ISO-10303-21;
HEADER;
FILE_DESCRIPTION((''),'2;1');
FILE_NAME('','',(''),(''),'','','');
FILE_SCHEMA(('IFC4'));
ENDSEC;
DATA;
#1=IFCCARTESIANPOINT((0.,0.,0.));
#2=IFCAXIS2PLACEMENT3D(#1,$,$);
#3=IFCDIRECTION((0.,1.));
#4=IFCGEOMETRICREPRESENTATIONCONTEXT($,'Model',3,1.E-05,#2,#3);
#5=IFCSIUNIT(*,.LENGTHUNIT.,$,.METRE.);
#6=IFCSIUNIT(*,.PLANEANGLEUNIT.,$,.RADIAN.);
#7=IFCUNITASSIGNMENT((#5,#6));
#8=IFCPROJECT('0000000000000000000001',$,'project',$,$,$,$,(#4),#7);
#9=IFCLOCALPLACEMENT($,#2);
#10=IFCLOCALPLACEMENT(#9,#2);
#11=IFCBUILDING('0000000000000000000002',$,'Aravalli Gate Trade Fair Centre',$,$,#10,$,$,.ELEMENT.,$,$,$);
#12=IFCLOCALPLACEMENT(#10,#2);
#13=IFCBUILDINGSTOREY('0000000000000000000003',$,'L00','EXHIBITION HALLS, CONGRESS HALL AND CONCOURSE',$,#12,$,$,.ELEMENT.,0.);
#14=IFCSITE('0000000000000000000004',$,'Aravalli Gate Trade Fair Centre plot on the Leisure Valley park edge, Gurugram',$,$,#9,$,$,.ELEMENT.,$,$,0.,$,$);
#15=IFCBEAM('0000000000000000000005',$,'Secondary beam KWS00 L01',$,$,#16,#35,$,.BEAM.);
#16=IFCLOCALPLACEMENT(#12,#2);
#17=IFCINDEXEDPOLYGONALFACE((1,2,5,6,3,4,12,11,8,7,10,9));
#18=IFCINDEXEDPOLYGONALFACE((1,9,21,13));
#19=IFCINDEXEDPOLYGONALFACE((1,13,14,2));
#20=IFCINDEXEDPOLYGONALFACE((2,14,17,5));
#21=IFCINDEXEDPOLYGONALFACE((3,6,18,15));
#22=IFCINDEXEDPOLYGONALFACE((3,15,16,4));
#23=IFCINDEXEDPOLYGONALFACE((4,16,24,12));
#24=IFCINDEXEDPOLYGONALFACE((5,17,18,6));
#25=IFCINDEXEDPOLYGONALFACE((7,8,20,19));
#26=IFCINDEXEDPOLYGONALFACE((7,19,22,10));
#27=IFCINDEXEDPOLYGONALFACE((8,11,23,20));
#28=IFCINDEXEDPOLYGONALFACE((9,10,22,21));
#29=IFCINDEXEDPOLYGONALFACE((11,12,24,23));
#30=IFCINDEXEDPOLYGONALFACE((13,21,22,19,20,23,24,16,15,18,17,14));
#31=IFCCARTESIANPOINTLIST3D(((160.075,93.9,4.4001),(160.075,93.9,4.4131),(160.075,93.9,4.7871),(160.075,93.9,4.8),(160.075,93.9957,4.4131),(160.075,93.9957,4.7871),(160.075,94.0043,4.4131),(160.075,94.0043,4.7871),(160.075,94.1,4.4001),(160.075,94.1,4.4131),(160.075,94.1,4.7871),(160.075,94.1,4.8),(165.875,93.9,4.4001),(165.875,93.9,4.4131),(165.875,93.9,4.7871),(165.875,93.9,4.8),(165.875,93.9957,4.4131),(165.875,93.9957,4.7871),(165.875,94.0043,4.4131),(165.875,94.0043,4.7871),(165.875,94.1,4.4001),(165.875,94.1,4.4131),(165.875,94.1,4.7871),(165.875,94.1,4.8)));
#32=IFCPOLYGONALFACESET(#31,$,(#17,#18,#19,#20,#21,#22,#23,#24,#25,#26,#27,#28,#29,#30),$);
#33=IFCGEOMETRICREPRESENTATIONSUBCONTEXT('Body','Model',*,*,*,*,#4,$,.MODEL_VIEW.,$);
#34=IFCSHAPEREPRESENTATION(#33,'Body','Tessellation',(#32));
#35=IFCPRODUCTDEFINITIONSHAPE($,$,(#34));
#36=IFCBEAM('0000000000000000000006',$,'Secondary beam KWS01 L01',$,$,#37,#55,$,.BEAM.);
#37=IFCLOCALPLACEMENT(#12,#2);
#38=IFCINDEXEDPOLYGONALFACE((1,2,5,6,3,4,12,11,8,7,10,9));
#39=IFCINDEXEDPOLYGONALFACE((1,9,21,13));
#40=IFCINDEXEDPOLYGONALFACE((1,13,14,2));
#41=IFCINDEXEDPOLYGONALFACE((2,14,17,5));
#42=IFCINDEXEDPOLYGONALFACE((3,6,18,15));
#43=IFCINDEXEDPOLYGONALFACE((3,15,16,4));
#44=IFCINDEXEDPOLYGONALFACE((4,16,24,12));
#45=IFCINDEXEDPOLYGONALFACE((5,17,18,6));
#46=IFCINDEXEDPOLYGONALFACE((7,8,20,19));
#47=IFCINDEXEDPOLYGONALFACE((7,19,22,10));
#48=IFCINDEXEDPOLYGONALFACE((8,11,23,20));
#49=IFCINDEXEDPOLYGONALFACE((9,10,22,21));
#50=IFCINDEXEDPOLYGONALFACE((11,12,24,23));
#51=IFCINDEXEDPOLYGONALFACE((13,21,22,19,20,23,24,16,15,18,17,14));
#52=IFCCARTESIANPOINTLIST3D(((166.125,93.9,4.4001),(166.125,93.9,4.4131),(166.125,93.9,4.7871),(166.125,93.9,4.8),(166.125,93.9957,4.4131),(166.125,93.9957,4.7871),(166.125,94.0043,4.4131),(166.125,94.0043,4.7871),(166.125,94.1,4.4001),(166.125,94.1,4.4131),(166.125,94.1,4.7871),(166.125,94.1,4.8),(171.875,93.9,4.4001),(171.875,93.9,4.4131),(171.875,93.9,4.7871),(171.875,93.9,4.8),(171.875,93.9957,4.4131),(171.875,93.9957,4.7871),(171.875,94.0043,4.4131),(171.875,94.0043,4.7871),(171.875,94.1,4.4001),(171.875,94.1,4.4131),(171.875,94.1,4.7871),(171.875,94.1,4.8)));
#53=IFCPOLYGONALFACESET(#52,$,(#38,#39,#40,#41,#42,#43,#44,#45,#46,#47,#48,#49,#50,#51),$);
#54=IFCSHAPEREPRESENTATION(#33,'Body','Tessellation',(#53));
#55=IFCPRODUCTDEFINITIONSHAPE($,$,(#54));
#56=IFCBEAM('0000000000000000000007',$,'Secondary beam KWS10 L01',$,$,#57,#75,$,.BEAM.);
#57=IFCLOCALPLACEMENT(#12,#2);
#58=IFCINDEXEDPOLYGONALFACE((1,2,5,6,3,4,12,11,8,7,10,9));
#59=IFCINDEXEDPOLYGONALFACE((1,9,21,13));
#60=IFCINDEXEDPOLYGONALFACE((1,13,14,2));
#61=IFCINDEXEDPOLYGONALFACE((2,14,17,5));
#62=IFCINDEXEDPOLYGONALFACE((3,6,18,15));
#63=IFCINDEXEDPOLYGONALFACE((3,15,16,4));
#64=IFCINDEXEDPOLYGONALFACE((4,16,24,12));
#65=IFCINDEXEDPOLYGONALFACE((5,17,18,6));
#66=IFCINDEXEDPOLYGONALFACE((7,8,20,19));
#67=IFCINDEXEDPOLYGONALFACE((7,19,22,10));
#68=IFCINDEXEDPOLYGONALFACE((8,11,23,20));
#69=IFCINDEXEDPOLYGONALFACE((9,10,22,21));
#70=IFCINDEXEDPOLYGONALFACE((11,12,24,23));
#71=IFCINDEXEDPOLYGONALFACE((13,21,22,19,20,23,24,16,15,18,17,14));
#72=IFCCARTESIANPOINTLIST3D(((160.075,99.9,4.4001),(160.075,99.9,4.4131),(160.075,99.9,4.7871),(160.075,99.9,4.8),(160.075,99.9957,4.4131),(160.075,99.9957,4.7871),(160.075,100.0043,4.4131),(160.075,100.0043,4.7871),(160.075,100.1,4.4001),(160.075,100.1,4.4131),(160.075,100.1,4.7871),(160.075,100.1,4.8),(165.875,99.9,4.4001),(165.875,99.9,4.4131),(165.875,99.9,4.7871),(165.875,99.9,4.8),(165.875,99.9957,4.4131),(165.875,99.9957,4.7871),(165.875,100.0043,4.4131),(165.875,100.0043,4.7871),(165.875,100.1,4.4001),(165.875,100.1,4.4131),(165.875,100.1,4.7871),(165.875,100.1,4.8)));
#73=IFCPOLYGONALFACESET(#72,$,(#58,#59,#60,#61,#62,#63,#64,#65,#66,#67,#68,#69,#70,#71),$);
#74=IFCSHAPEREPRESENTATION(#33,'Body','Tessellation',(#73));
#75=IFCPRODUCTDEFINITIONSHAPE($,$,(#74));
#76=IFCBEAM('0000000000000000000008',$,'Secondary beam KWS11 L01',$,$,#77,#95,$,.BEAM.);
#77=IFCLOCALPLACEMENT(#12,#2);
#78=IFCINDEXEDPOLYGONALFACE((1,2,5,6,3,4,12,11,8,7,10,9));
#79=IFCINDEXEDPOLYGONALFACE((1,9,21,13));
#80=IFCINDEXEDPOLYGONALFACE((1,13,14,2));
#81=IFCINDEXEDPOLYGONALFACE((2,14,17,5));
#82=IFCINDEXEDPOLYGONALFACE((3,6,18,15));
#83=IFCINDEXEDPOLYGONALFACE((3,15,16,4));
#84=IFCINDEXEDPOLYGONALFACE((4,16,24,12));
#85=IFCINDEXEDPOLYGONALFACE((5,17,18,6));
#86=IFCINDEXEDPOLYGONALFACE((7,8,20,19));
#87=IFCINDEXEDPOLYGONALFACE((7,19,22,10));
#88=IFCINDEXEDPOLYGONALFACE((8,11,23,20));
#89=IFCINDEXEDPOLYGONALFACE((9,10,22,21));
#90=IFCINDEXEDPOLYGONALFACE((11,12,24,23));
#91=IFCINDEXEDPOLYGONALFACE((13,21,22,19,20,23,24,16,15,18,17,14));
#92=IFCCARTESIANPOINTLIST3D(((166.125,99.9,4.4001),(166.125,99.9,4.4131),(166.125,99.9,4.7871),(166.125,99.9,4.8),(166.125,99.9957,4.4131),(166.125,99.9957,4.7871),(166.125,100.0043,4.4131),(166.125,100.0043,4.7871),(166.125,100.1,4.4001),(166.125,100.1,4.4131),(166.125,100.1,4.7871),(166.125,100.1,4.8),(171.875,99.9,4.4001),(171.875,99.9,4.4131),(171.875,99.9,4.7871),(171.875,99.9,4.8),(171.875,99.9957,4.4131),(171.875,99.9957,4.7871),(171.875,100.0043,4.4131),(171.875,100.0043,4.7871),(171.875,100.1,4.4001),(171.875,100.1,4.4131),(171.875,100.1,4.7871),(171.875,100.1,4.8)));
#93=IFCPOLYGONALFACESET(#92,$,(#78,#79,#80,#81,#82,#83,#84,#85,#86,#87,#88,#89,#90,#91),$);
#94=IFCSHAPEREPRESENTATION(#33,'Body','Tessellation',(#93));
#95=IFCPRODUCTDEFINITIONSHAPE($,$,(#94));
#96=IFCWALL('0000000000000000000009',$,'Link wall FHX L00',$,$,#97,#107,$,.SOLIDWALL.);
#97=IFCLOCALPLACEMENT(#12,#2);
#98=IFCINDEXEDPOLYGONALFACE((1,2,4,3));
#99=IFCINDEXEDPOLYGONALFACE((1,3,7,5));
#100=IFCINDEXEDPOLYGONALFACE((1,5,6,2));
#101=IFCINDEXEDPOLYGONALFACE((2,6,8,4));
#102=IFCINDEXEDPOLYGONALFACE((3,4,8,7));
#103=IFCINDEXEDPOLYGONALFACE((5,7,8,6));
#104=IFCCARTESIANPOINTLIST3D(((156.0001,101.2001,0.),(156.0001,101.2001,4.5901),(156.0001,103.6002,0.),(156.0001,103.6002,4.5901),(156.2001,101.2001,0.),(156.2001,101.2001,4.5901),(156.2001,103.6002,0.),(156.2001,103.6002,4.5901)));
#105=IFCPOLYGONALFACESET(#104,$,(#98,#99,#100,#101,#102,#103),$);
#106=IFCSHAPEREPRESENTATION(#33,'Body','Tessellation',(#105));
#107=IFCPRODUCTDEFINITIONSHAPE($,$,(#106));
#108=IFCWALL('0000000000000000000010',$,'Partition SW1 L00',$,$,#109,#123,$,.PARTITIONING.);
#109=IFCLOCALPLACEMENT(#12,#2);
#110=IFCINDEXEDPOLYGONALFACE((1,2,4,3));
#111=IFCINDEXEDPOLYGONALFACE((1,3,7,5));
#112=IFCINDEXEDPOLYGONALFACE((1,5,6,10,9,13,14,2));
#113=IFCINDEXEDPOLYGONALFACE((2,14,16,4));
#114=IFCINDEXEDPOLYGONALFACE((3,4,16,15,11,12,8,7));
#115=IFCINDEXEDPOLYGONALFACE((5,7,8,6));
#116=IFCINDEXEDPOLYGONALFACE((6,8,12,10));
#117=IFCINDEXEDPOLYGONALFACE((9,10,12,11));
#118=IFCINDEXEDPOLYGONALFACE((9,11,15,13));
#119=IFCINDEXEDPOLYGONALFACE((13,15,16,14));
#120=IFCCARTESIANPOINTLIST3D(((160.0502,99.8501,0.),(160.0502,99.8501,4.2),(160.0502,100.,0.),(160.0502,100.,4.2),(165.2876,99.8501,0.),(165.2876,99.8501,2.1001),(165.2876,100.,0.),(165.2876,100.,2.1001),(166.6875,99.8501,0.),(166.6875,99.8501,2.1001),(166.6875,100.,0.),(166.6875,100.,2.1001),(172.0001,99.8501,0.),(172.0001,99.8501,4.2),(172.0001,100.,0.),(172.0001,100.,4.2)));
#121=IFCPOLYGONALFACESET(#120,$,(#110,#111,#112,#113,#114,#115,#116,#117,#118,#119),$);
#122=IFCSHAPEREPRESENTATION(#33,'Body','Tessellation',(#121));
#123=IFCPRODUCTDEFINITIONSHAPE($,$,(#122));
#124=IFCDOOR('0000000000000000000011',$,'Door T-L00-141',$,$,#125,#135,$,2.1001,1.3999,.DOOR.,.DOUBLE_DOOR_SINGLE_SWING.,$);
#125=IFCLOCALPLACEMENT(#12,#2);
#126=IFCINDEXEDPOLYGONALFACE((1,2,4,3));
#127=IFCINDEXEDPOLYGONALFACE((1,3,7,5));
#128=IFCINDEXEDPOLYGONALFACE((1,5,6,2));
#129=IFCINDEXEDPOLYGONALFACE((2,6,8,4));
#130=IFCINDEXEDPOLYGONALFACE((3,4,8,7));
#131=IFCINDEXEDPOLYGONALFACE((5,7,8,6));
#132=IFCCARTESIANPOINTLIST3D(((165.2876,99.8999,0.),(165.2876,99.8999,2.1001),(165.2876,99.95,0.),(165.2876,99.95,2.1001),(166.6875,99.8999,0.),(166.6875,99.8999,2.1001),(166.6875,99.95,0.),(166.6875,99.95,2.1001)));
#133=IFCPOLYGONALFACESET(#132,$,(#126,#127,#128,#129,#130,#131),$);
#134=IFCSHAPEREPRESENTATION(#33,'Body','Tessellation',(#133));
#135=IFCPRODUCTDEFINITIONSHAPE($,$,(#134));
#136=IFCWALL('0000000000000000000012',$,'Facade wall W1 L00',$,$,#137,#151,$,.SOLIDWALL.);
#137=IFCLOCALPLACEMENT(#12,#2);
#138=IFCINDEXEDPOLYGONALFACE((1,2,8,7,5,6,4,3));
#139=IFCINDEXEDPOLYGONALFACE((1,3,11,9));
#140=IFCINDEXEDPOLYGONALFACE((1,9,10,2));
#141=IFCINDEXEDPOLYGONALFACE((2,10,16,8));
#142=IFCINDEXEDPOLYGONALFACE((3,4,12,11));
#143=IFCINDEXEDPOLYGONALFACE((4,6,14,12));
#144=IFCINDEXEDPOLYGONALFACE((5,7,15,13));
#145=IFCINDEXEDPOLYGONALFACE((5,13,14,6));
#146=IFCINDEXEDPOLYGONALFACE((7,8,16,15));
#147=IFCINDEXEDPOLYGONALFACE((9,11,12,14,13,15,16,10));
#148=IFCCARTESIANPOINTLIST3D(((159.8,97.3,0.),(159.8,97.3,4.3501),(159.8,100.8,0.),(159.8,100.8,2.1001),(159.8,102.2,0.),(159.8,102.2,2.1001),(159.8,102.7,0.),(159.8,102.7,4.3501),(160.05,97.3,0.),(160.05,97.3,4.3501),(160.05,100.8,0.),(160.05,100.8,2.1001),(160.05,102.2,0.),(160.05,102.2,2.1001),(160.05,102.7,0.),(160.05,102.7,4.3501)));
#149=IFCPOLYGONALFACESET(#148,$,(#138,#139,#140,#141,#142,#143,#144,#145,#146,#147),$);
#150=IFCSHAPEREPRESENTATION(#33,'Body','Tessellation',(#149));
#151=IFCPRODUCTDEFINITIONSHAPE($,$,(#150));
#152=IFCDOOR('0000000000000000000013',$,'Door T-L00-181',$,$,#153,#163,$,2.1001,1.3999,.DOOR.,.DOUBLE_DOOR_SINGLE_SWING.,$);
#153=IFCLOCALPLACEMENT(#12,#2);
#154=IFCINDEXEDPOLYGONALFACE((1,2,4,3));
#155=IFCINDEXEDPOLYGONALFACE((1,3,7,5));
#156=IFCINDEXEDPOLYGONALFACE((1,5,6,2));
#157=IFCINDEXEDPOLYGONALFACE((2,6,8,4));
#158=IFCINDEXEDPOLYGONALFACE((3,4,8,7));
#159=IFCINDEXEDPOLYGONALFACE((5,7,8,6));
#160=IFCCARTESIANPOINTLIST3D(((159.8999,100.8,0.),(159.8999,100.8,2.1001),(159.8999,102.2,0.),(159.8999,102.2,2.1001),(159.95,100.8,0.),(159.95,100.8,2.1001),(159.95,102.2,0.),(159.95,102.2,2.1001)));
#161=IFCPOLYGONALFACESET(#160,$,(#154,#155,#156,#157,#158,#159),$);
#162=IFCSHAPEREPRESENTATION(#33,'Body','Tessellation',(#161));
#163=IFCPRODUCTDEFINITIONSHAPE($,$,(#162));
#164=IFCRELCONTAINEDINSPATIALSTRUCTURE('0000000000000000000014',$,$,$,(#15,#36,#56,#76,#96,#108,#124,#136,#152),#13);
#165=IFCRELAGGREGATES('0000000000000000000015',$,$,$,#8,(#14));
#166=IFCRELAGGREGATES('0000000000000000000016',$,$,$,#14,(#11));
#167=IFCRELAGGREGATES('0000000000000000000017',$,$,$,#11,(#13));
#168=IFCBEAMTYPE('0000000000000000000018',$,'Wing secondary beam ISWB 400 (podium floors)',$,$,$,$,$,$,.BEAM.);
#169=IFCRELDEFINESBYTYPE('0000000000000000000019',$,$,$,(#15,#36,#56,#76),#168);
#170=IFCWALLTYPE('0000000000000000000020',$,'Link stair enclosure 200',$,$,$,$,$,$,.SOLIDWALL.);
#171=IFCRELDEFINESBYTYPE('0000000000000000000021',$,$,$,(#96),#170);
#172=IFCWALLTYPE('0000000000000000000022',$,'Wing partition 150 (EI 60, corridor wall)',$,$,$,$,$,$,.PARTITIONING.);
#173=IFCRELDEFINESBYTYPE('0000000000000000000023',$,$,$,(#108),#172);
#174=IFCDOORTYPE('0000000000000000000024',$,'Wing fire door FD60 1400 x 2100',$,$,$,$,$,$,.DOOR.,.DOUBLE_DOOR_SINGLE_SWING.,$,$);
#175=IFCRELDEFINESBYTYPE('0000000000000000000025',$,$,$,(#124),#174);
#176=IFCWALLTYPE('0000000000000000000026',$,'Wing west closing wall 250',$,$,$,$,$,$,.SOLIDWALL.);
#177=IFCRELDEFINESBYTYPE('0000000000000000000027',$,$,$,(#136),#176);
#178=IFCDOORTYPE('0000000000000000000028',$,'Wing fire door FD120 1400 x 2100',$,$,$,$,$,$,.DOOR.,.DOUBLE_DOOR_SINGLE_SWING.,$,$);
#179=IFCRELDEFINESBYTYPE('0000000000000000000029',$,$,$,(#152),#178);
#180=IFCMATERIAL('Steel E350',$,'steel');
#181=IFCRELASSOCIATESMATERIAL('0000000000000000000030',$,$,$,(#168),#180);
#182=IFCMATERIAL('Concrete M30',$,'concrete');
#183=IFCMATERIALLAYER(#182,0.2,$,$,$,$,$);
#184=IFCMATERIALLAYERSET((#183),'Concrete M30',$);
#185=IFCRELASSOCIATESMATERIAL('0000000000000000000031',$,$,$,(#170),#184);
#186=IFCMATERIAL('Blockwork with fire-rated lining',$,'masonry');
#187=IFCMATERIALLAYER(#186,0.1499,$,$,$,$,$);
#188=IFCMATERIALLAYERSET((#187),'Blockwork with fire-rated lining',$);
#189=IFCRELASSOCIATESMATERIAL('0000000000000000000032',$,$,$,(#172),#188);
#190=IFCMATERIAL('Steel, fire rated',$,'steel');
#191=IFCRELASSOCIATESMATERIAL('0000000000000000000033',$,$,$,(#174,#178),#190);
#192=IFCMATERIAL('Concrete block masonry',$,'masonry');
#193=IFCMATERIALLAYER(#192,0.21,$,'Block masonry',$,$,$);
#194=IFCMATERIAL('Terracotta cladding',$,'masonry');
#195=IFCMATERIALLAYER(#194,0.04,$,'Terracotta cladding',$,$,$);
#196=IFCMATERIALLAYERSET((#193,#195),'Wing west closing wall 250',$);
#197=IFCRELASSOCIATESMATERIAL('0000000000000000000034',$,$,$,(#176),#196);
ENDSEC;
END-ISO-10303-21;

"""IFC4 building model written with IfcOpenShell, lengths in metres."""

from ifc_helpers import new_model, si_unit, direction, frame, frame_2d, origin, origin_2d, place, context, subcontext, project, spatial, rectangle, i_section, extrude, material, layer, layer_set, material_profile, profile_set, type_object, element, fill, save


model = new_model("IFC4")

# Units and contexts
model_context = context("Model", 3, precision=1e-05, world=origin(), true_north=direction((0.0, 1.0)))
body_context = subcontext(model_context, "Body", "Model", "MODEL_VIEW")
ifc_project = project(units=[si_unit("LENGTHUNIT", "METRE"), si_unit("PLANEANGLEUNIT", "RADIAN")], contexts=[model_context])

# Site, building, storey
site_placement = place(None, origin())
site = spatial("IfcSite", under=ifc_project, at=site_placement, Name="Aravalli Gate Trade Fair Centre plot on the Leisure Valley park edge, Gurugram", CompositionType="ELEMENT", RefElevation=0.0)
building_placement = place(site_placement, origin())
building = spatial("IfcBuilding", under=site, at=building_placement, Name="Aravalli Gate Trade Fair Centre", CompositionType="ELEMENT")
storey_placement = place(building_placement, origin())
storey = spatial("IfcBuildingStorey", under=building, at=storey_placement, Name="L00", Description="EXHIBITION HALLS, CONGRESS HALL AND CONCOURSE", CompositionType="ELEMENT", Elevation=0.0)

# Shared definitions
ifc_material_1 = material(Name="Steel E350", Category="steel")

# Beams
ifc_material_profile_1 = material_profile(ifc_material_1, i_section(OverallWidth=0.2, OverallDepth=0.3999, WebThickness=0.0085, FlangeThickness=0.0129, at=origin_2d()), Name="ISWB 400")
ifc_profile_set_1 = profile_set([ifc_material_profile_1], Name="Steel E350")
beam_type_1 = type_object("IfcBeamType", Name="Wing secondary beam ISWB 400 (podium floors)", PredefinedType="BEAM", material=ifc_profile_set_1)
beam_1_placement = place(storey_placement, frame((160.075, 94.0, 4.6001), z_axis=(1.0, 0.0, 0.0), x_axis=(0.0, 1.0, 0.0)))
element("IfcBeam", 1, at=beam_1_placement, inside=storey, type_object=beam_type_1, Name="Secondary beam KWS00 L01", PredefinedType="BEAM", context=body_context, shape_type="SweptSolid", body=[
    extrude(i_section(OverallWidth=0.2, OverallDepth=0.3999, WebThickness=0.0085, FlangeThickness=0.0129, at=origin_2d()), origin(), (0.0, 0.0, 1.0), 5.8),
])
beam_2_placement = place(storey_placement, frame((166.125, 94.0, 4.6001), z_axis=(1.0, 0.0, 0.0), x_axis=(0.0, 1.0, 0.0)))
element("IfcBeam", 2, at=beam_2_placement, inside=storey, type_object=beam_type_1, Name="Secondary beam KWS01 L01", PredefinedType="BEAM", context=body_context, shape_type="SweptSolid", body=[
    extrude(i_section(OverallWidth=0.2, OverallDepth=0.3999, WebThickness=0.0085, FlangeThickness=0.0129, at=origin_2d()), origin(), (0.0, 0.0, 1.0), 5.75),
])
beam_3_placement = place(storey_placement, frame((160.075, 100.0, 4.6001), z_axis=(1.0, 0.0, 0.0), x_axis=(0.0, 1.0, 0.0)))
element("IfcBeam", 3, at=beam_3_placement, inside=storey, type_object=beam_type_1, Name="Secondary beam KWS10 L01", PredefinedType="BEAM", context=body_context, shape_type="SweptSolid", body=[
    extrude(i_section(OverallWidth=0.2, OverallDepth=0.3999, WebThickness=0.0085, FlangeThickness=0.0129, at=origin_2d()), origin(), (0.0, 0.0, 1.0), 5.8),
])
beam_4_placement = place(storey_placement, frame((166.125, 100.0, 4.6001), z_axis=(1.0, 0.0, 0.0), x_axis=(0.0, 1.0, 0.0)))
element("IfcBeam", 4, at=beam_4_placement, inside=storey, type_object=beam_type_1, Name="Secondary beam KWS11 L01", PredefinedType="BEAM", context=body_context, shape_type="SweptSolid", body=[
    extrude(i_section(OverallWidth=0.2, OverallDepth=0.3999, WebThickness=0.0085, FlangeThickness=0.0129, at=origin_2d()), origin(), (0.0, 0.0, 1.0), 5.75),
])

# Wall
ifc_material_2 = material(Name="Concrete M30", Category="concrete")
ifc_layer_1 = layer(ifc_material_2, 0.2)
ifc_layer_set_1 = layer_set([ifc_layer_1], Name="Concrete M30")
wall_type_1 = type_object("IfcWallType", Name="Link stair enclosure 200", PredefinedType="SOLIDWALL", material=ifc_layer_set_1)
wall_1_placement = place(storey_placement, frame((156.1001, 101.2, 0.0), z_axis=(0.0, 0.0, 1.0), x_axis=(0.0, 1.0, 0.0)))
element("IfcWall", 5, at=wall_1_placement, inside=storey, type_object=wall_type_1, Name="Link wall FHX L00", PredefinedType="SOLIDWALL", context=body_context, shape_type="SweptSolid", body=[
    extrude(rectangle(XDim=2.4001, YDim=0.2, at=frame_2d((1.2002, 0.0))), origin(), (0.0, 0.0, 1.0), 4.5901),
])

# Walls, openings, doors
ifc_material_3 = material(Name="Blockwork with fire-rated lining", Category="masonry")
ifc_layer_2 = layer(ifc_material_3, 0.1499)
ifc_layer_set_2 = layer_set([ifc_layer_2], Name="Blockwork with fire-rated lining")
wall_type_2 = type_object("IfcWallType", Name="Wing partition 150 (EI 60, corridor wall)", PredefinedType="PARTITIONING", material=ifc_layer_set_2)
wall_2_placement = place(storey_placement, frame((160.05, 99.925, 0.0), z_axis=(0.0, 0.0, 1.0), x_axis=(1.0, 0.0, 0.0)))
wall_2 = element("IfcWall", 6, at=wall_2_placement, inside=storey, type_object=wall_type_2, Name="Partition SW1 L00", PredefinedType="PARTITIONING", context=body_context, shape_type="SweptSolid", body=[
    extrude(rectangle(XDim=11.95, YDim=0.1499, at=frame_2d((5.9751, 0.0))), origin(), (0.0, 0.0, 1.0), 4.2),
])
opening_1_placement = place(wall_2_placement, frame((5.2375, 0.0, 0.0)))
opening_1 = element("IfcOpeningElement", 7, at=opening_1_placement, cuts=wall_2, PredefinedType="OPENING", context=body_context, shape_type="SweptSolid", body=[
    extrude(rectangle(XDim=1.3999, YDim=2.1001, at=frame_2d((0.7, 1.05))), frame((0.0, 0.085, 0.0), z_axis=(0.0, -1.0, 0.0), x_axis=(1.0, 0.0, 0.0)), (0.0, 0.0, 1.0), 0.1699),
])
ifc_material_4 = material(Name="Steel, fire rated", Category="steel")
door_type_1 = type_object("IfcDoorType", Name="Wing fire door FD60 1400 x 2100", OperationType="DOUBLE_DOOR_SINGLE_SWING", PredefinedType="DOOR", material=ifc_material_4)
door_1_placement = place(opening_1_placement, origin())
door_1 = element("IfcDoor", 8, at=door_1_placement, inside=storey, type_object=door_type_1, Name="Door T-L00-141", OperationType="DOUBLE_DOOR_SINGLE_SWING", OverallHeight=2.1001, OverallWidth=1.3999, PredefinedType="DOOR", context=body_context, shape_type="SweptSolid", body=[
    extrude(rectangle(XDim=1.3999, YDim=2.1001, at=frame_2d((0.7, 1.05))), frame((0.0, 0.0249, 0.0), z_axis=(0.0, -1.0, 0.0), x_axis=(1.0, 0.0, 0.0)), (0.0, 0.0, 1.0), 0.05),
])
fill(opening_1, door_1)
ifc_material_5 = material(Name="Concrete block masonry", Category="masonry")
ifc_layer_3 = layer(ifc_material_5, 0.21, Name="Block masonry")
ifc_material_6 = material(Name="Terracotta cladding", Category="masonry")
ifc_layer_4 = layer(ifc_material_6, 0.04, Name="Terracotta cladding")
ifc_layer_set_3 = layer_set([ifc_layer_3, ifc_layer_4], Name="Wing west closing wall 250")
wall_type_3 = type_object("IfcWallType", Name="Wing west closing wall 250", PredefinedType="SOLIDWALL", material=ifc_layer_set_3)
wall_3_placement = place(storey_placement, frame((159.925, 97.3, 0.0), z_axis=(0.0, 0.0, 1.0), x_axis=(0.0, 1.0, 0.0)))
wall_3 = element("IfcWall", 9, at=wall_3_placement, inside=storey, type_object=wall_type_3, Name="Facade wall W1 L00", PredefinedType="SOLIDWALL", context=body_context, shape_type="SweptSolid", body=[
    extrude(rectangle(XDim=5.3999, YDim=0.25, at=frame_2d((2.7, 0.0))), origin(), (0.0, 0.0, 1.0), 4.3501),
])
opening_2_placement = place(wall_3_placement, frame((3.5, 0.0, 0.0)))
opening_2 = element("IfcOpeningElement", 10, at=opening_2_placement, cuts=wall_3, PredefinedType="OPENING", context=body_context, shape_type="SweptSolid", body=[
    extrude(rectangle(XDim=1.3999, YDim=2.1001, at=frame_2d((0.7, 1.05))), frame((0.0, 0.135, 0.0), z_axis=(0.0, -1.0, 0.0), x_axis=(1.0, 0.0, 0.0)), (0.0, 0.0, 1.0), 0.27),
])
door_type_2 = type_object("IfcDoorType", Name="Wing fire door FD120 1400 x 2100", OperationType="DOUBLE_DOOR_SINGLE_SWING", PredefinedType="DOOR", material=ifc_material_4)
door_2_placement = place(opening_2_placement, frame((1.3999, 0.0, 0.0), z_axis=(0.0, 0.0, 1.0), x_axis=(-1.0, 0.0, 0.0)))
door_2 = element("IfcDoor", 11, at=door_2_placement, inside=storey, type_object=door_type_2, Name="Door T-L00-181", OperationType="DOUBLE_DOOR_SINGLE_SWING", OverallHeight=2.1001, OverallWidth=1.3999, PredefinedType="DOOR", context=body_context, shape_type="SweptSolid", body=[
    extrude(rectangle(XDim=1.3999, YDim=2.1001, at=frame_2d((0.7, 1.05))), frame((0.0, 0.0249, 0.0), z_axis=(0.0, -1.0, 0.0), x_axis=(1.0, 0.0, 0.0)), (0.0, 0.0, 1.0), 0.05),
])
fill(opening_2, door_2)

save(model, "model.ifc")
